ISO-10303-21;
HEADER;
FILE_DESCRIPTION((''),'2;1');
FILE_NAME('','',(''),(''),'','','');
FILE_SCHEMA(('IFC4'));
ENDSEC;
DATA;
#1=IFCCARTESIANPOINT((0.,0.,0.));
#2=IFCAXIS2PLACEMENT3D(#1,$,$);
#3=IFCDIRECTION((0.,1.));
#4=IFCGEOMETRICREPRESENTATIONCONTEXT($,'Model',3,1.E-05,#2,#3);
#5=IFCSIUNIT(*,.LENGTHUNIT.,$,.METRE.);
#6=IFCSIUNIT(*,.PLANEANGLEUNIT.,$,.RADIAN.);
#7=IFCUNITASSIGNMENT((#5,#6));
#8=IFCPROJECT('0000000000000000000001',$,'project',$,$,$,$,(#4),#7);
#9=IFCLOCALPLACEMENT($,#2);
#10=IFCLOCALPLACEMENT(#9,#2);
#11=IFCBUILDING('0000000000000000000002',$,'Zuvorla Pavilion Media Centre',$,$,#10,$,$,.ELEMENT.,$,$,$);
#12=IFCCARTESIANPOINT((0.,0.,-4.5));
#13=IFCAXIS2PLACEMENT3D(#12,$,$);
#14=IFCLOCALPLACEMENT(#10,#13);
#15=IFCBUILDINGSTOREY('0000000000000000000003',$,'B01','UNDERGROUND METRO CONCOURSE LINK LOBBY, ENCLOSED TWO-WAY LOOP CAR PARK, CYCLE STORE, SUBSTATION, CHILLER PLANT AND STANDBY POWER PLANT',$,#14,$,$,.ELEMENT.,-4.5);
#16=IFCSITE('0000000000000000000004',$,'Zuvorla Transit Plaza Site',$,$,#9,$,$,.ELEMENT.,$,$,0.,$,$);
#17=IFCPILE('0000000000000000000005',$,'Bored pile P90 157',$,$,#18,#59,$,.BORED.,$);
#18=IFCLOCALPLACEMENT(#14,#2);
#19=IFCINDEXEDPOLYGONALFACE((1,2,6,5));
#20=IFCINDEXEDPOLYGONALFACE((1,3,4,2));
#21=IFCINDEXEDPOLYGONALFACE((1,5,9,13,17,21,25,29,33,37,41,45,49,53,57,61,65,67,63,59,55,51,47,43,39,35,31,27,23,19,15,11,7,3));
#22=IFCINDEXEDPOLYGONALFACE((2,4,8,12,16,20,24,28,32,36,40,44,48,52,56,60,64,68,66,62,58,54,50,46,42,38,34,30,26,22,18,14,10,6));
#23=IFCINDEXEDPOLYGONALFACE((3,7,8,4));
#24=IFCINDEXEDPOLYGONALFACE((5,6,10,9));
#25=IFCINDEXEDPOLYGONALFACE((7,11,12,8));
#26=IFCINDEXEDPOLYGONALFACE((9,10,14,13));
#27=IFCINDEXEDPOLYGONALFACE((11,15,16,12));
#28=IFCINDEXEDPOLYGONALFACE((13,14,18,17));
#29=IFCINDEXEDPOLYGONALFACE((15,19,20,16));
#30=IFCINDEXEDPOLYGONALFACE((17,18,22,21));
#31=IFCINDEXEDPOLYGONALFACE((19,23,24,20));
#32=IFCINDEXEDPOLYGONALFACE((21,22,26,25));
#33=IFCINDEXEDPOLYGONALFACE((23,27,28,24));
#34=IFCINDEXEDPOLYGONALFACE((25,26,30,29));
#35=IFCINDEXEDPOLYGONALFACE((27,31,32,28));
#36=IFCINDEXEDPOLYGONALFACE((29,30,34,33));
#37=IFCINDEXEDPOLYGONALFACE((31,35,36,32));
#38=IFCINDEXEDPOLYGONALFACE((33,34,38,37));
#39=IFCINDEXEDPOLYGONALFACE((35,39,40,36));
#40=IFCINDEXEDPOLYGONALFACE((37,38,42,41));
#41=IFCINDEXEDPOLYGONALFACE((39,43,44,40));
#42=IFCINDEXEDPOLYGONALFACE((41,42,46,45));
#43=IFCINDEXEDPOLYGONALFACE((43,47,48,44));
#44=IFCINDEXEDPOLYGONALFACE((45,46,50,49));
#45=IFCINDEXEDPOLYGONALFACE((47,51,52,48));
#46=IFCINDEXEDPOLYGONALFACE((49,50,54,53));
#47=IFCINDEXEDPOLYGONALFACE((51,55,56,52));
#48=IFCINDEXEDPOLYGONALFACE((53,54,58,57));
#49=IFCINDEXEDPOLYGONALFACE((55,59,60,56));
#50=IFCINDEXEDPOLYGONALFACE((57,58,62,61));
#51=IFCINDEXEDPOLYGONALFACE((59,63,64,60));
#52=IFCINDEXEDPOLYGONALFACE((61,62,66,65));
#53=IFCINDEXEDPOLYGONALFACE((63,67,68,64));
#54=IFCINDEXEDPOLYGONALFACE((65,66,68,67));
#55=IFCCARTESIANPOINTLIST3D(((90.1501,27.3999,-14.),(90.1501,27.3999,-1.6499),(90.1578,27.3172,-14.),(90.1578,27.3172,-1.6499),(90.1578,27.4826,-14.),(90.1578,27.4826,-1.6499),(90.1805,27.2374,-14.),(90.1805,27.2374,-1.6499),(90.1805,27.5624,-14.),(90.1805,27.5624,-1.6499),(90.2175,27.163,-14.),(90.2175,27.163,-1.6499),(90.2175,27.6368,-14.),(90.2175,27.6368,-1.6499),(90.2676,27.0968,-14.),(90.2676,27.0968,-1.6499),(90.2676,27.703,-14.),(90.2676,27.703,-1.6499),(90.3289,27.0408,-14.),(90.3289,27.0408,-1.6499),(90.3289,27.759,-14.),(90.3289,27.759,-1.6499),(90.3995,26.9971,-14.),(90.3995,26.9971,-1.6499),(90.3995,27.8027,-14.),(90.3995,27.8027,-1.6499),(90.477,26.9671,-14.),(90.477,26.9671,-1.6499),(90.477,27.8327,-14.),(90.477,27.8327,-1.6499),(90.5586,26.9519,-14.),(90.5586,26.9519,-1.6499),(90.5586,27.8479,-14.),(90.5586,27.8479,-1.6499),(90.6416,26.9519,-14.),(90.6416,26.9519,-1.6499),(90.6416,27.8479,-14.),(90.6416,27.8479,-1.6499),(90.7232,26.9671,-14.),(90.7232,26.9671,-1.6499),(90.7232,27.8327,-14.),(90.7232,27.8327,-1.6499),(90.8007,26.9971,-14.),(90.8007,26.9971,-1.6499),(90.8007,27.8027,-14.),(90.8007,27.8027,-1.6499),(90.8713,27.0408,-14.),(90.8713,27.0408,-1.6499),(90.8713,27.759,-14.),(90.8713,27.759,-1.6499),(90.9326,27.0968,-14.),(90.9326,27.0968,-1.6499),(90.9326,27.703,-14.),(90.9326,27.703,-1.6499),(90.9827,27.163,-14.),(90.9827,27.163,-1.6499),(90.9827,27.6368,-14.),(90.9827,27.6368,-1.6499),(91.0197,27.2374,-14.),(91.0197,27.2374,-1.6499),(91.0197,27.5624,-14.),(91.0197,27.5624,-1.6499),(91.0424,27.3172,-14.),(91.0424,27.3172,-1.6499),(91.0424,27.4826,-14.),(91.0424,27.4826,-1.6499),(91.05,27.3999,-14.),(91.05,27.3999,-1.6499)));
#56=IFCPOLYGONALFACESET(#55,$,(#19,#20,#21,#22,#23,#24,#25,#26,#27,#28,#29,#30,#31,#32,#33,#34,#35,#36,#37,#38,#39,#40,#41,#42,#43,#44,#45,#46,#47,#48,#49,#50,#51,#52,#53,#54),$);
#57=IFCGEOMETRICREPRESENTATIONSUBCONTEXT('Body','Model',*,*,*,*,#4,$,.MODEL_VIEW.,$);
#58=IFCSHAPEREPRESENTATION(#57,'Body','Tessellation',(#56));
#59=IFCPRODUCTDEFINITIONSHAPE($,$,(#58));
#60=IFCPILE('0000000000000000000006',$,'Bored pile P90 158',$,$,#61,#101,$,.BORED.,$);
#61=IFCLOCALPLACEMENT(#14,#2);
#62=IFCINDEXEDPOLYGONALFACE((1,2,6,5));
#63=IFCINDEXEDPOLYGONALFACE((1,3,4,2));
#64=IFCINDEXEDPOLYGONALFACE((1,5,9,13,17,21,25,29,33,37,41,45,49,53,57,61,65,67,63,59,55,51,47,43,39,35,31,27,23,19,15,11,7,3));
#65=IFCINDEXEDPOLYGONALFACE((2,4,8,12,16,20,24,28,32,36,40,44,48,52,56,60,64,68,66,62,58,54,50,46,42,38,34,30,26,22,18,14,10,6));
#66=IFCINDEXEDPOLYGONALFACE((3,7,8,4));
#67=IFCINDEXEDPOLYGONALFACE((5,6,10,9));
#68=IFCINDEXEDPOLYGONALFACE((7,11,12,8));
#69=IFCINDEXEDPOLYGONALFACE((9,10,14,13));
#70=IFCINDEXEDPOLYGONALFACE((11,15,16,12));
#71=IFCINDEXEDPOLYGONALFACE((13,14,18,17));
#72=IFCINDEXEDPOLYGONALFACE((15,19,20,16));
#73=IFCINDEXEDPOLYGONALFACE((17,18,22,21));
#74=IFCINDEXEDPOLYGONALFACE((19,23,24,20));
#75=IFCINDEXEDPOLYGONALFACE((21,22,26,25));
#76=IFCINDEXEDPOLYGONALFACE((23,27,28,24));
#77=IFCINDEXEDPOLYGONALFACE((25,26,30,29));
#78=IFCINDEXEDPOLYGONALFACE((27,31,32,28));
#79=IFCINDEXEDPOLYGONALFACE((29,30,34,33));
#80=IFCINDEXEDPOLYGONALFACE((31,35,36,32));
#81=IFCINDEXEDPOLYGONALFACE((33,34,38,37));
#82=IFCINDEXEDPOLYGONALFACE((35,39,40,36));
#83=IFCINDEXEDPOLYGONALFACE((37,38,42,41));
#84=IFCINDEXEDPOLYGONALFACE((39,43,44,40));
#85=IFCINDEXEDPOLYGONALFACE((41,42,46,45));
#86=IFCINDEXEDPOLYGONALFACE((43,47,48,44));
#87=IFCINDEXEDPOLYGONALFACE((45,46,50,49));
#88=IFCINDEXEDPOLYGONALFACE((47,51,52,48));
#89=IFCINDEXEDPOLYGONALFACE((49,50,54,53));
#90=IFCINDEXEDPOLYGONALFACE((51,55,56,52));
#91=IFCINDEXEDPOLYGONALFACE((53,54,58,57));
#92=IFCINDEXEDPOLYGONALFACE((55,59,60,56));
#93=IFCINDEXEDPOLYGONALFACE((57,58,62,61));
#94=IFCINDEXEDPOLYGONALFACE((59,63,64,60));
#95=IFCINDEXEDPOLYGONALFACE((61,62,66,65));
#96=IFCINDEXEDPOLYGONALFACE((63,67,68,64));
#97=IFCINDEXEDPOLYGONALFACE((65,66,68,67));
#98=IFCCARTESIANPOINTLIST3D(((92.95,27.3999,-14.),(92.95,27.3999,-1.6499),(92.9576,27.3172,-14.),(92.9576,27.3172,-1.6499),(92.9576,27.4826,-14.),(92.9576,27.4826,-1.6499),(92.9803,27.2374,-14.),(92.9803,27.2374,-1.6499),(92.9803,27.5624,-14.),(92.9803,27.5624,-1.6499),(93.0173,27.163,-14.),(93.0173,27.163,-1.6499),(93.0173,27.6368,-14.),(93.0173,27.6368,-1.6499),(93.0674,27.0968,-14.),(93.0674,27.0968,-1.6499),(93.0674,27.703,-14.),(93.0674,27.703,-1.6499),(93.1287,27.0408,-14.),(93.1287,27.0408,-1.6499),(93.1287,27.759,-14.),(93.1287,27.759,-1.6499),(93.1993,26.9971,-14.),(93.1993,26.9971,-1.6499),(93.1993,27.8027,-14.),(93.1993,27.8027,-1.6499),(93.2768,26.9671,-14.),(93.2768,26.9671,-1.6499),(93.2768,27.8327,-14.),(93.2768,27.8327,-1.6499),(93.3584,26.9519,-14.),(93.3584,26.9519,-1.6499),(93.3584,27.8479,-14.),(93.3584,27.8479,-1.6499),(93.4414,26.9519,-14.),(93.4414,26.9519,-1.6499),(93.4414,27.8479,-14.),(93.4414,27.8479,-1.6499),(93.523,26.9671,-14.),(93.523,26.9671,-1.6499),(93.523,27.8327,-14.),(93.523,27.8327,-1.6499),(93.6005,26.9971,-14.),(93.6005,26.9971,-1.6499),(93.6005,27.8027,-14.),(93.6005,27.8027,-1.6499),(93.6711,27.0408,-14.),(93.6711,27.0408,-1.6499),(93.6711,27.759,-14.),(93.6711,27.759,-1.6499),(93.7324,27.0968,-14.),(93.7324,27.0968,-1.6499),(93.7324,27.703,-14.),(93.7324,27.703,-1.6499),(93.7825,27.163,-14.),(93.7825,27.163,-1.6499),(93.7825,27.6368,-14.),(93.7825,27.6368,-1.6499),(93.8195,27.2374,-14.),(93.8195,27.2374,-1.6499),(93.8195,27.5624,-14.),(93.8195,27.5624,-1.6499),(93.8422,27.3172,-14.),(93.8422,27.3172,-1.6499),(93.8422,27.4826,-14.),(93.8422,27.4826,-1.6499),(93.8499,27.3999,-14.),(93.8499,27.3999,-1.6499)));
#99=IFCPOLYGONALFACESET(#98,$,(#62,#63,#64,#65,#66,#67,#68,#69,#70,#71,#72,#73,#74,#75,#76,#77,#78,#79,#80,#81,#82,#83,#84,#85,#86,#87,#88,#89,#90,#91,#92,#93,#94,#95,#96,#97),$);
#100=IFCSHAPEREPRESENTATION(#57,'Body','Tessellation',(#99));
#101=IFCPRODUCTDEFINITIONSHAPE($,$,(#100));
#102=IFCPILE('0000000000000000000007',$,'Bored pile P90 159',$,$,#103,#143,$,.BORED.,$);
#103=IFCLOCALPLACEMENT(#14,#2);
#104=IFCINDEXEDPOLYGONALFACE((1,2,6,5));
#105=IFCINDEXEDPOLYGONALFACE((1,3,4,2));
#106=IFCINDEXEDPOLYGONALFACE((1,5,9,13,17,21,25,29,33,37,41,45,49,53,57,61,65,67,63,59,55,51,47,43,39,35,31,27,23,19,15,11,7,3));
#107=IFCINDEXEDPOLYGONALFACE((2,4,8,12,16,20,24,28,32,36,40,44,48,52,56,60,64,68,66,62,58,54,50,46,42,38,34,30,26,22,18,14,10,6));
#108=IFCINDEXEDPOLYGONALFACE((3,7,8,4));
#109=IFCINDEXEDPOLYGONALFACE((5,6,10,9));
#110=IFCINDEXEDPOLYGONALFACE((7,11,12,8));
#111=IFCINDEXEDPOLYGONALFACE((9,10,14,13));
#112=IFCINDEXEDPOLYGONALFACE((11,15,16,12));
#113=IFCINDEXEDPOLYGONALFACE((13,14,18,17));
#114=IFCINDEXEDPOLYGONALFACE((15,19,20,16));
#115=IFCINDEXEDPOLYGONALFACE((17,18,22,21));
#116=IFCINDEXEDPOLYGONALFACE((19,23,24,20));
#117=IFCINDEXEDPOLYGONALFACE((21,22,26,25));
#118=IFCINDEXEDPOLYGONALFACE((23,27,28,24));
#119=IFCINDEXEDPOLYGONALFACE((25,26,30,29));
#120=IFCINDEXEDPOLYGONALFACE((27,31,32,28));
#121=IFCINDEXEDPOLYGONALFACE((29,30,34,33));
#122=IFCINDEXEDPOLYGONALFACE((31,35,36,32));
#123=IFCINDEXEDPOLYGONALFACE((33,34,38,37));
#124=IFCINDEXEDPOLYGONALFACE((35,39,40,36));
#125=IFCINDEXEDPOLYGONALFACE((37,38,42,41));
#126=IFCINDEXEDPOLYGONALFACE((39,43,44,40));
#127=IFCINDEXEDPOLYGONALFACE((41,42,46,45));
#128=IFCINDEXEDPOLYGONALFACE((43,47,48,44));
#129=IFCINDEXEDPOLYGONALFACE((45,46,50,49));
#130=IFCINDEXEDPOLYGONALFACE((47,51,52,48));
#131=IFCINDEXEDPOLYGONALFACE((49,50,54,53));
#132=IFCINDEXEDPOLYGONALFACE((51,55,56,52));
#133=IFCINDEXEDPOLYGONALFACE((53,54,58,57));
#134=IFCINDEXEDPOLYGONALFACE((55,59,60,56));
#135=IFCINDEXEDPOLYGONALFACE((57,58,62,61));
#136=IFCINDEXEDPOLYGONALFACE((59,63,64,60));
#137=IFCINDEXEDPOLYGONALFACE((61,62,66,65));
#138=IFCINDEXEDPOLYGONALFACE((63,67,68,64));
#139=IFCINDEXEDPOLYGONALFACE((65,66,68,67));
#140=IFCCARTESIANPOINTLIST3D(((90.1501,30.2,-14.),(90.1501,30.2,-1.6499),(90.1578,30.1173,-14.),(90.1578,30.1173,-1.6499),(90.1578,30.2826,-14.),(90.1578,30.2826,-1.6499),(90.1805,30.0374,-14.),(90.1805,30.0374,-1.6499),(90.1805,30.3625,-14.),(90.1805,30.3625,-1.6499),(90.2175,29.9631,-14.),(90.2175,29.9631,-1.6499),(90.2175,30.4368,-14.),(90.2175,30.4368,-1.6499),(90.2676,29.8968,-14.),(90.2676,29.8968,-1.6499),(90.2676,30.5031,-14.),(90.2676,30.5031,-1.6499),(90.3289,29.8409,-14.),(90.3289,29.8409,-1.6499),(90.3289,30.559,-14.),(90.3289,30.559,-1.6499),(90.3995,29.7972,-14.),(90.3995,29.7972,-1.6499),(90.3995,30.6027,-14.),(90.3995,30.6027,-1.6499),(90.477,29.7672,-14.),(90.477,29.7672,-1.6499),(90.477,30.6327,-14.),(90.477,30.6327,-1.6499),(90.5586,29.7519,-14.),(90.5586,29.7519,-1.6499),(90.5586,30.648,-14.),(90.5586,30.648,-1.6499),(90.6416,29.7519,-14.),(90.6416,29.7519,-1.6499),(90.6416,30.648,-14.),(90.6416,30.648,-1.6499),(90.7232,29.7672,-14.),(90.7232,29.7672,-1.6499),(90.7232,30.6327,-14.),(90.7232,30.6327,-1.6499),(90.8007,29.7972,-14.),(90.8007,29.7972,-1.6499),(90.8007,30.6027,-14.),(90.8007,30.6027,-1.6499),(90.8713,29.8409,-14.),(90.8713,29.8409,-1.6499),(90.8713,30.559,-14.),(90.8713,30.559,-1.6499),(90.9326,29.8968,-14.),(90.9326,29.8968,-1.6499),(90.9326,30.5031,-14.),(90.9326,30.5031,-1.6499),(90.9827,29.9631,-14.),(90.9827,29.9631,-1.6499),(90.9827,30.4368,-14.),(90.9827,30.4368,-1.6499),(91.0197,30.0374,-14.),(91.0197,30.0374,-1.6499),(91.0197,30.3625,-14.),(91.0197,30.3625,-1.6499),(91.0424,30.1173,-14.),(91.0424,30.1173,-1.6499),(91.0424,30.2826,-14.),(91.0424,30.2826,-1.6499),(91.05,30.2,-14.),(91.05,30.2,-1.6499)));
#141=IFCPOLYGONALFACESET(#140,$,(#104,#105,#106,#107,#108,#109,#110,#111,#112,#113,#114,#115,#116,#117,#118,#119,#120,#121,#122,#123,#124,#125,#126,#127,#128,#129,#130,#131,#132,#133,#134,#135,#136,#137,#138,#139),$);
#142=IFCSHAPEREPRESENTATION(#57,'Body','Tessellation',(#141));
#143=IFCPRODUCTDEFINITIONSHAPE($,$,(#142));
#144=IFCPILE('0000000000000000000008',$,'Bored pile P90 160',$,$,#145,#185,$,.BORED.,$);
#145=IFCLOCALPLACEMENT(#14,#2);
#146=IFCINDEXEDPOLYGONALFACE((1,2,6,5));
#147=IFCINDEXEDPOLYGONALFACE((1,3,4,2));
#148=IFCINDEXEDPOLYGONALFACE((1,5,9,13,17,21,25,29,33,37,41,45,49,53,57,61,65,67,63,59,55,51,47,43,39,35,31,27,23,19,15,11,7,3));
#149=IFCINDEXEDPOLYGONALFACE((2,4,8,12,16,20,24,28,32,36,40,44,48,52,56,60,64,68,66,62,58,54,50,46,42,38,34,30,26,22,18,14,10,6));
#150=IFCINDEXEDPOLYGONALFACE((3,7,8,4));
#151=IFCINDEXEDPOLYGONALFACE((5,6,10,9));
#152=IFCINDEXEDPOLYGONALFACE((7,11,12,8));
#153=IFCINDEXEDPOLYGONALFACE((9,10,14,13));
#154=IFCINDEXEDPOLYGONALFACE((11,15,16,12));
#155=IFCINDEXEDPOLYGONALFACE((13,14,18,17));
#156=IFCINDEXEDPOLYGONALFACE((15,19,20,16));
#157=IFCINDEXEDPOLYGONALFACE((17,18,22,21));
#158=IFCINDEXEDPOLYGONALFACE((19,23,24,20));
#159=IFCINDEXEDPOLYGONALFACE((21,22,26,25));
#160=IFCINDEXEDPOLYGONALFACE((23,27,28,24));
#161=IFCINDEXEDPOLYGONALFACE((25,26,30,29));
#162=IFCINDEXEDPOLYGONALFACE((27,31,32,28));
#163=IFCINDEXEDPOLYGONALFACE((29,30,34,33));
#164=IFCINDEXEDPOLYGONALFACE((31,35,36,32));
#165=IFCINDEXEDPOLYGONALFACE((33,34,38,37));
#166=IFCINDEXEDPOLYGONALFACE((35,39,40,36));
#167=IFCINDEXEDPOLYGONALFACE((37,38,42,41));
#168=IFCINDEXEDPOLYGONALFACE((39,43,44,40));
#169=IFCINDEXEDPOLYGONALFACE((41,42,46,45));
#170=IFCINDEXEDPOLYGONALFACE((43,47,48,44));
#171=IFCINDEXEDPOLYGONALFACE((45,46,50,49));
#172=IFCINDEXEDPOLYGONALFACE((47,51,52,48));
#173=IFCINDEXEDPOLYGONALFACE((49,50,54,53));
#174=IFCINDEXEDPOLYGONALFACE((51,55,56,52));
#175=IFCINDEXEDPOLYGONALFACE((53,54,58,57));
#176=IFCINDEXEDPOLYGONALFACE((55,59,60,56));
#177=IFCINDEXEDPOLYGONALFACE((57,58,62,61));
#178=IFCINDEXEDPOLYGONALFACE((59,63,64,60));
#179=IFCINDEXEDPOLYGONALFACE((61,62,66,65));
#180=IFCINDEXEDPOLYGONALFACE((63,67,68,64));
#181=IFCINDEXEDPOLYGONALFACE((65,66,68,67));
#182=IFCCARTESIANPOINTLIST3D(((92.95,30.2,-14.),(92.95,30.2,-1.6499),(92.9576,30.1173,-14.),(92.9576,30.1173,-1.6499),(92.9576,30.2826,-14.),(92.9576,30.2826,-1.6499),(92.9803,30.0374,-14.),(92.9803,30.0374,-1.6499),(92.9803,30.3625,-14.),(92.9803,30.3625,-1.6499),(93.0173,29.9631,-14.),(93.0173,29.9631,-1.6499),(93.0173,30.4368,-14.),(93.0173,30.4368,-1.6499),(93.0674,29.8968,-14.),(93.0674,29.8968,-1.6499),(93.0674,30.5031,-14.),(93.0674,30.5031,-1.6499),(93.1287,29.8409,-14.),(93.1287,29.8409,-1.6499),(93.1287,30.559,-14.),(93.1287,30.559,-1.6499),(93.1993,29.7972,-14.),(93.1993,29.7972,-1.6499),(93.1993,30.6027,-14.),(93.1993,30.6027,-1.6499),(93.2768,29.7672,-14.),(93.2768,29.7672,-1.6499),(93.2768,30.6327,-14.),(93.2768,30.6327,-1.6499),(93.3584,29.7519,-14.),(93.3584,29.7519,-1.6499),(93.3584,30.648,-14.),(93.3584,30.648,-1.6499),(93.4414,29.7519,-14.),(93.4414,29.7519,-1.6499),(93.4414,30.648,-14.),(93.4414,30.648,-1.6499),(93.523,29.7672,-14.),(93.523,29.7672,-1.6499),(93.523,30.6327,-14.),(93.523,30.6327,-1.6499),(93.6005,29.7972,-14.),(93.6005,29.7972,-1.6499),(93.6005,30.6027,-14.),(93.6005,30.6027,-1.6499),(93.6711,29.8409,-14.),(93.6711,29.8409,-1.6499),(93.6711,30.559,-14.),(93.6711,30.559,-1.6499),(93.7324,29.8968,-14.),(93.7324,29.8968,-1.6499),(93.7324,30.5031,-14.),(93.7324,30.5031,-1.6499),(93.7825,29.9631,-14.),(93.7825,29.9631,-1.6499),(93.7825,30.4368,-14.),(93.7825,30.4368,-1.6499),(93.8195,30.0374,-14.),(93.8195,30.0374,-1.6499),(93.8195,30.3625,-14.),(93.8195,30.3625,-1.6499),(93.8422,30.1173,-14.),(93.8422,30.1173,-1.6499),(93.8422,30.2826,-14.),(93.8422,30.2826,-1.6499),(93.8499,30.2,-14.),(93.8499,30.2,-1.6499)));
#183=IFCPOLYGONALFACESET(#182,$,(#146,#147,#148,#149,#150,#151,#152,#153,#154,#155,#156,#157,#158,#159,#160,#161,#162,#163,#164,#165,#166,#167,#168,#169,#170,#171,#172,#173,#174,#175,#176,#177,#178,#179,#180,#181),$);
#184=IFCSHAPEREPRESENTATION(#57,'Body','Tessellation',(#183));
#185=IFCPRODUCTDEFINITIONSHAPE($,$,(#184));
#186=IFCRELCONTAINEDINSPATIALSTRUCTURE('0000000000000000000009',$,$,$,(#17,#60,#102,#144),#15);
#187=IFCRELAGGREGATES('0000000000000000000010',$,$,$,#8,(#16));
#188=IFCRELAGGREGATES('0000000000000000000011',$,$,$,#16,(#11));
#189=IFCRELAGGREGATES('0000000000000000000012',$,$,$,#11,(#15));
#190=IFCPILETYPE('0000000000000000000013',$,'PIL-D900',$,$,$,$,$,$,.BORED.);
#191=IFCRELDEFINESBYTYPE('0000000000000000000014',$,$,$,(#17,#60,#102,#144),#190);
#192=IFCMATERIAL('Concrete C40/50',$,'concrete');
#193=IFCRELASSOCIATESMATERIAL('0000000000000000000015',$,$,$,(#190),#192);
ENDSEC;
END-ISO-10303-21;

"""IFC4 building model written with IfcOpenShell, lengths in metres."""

from ifc_helpers import new_model, si_unit, direction, frame, origin, origin_2d, place, context, subcontext, project, spatial, circle, extrude, material, material_profile, profile_set, type_object, element, save


model = new_model("IFC4")

# Units and contexts
model_context = context("Model", 3, precision=1e-05, world=origin(), true_north=direction((0.0, 1.0)))
body_context = subcontext(model_context, "Body", "Model", "MODEL_VIEW")
ifc_project = project(units=[si_unit("LENGTHUNIT", "METRE"), si_unit("PLANEANGLEUNIT", "RADIAN")], contexts=[model_context])

# Site, building, storey
site_placement = place(None, origin())
site = spatial("IfcSite", under=ifc_project, at=site_placement, Name="Zuvorla Transit Plaza Site", CompositionType="ELEMENT", RefElevation=0.0)
building_placement = place(site_placement, origin())
building = spatial("IfcBuilding", under=site, at=building_placement, Name="Zuvorla Pavilion Media Centre", CompositionType="ELEMENT")
storey_placement = place(building_placement, frame((0.0, 0.0, -4.5)))
storey = spatial("IfcBuildingStorey", under=building, at=storey_placement, Name="B01", Description="UNDERGROUND METRO CONCOURSE LINK LOBBY, ENCLOSED TWO-WAY LOOP CAR PARK, CYCLE STORE, SUBSTATION, CHILLER PLANT AND STANDBY POWER PLANT", CompositionType="ELEMENT", Elevation=-4.5)

# Shared definitions
ifc_material_1 = material(Name="Concrete C40/50", Category="concrete")

# Piles
ifc_material_profile_1 = material_profile(ifc_material_1, circle(Radius=0.45, at=origin_2d()), Name="BORED PILE 900")
ifc_profile_set_1 = profile_set([ifc_material_profile_1], Name="Concrete C40/50")
pile_type = type_object("IfcPileType", Name="PIL-D900", PredefinedType="BORED", material=ifc_profile_set_1)
for number, where, z_axis, x_axis, name in (
    (1, (90.6001, 27.3999, -1.6499), (0.0, 0.0, -1.0), (1.0, 0.0, 0.0), "Bored pile P90 157"),
    (2, (93.3999, 27.3999, -1.6499), (0.0, 0.0, -1.0), (1.0, 0.0, 0.0), "Bored pile P90 158"),
    (3, (90.6001, 30.2, -1.6499), (0.0, 0.0, -1.0), (1.0, 0.0, 0.0), "Bored pile P90 159"),
    (4, (93.3999, 30.2, -1.6499), (0.0, 0.0, -1.0), (1.0, 0.0, 0.0), "Bored pile P90 160"),
):
    element("IfcPile", number, at=place(storey_placement, frame(where, z_axis=z_axis, x_axis=x_axis)), inside=storey, type_object=pile_type, Name=name, PredefinedType="BORED", context=body_context, shape_type="SweptSolid", body=[
        extrude(circle(Radius=0.45, at=origin_2d()), origin(), (0.0, 0.0, 1.0), 12.3501),
    ])

save(model, "model.ifc")
